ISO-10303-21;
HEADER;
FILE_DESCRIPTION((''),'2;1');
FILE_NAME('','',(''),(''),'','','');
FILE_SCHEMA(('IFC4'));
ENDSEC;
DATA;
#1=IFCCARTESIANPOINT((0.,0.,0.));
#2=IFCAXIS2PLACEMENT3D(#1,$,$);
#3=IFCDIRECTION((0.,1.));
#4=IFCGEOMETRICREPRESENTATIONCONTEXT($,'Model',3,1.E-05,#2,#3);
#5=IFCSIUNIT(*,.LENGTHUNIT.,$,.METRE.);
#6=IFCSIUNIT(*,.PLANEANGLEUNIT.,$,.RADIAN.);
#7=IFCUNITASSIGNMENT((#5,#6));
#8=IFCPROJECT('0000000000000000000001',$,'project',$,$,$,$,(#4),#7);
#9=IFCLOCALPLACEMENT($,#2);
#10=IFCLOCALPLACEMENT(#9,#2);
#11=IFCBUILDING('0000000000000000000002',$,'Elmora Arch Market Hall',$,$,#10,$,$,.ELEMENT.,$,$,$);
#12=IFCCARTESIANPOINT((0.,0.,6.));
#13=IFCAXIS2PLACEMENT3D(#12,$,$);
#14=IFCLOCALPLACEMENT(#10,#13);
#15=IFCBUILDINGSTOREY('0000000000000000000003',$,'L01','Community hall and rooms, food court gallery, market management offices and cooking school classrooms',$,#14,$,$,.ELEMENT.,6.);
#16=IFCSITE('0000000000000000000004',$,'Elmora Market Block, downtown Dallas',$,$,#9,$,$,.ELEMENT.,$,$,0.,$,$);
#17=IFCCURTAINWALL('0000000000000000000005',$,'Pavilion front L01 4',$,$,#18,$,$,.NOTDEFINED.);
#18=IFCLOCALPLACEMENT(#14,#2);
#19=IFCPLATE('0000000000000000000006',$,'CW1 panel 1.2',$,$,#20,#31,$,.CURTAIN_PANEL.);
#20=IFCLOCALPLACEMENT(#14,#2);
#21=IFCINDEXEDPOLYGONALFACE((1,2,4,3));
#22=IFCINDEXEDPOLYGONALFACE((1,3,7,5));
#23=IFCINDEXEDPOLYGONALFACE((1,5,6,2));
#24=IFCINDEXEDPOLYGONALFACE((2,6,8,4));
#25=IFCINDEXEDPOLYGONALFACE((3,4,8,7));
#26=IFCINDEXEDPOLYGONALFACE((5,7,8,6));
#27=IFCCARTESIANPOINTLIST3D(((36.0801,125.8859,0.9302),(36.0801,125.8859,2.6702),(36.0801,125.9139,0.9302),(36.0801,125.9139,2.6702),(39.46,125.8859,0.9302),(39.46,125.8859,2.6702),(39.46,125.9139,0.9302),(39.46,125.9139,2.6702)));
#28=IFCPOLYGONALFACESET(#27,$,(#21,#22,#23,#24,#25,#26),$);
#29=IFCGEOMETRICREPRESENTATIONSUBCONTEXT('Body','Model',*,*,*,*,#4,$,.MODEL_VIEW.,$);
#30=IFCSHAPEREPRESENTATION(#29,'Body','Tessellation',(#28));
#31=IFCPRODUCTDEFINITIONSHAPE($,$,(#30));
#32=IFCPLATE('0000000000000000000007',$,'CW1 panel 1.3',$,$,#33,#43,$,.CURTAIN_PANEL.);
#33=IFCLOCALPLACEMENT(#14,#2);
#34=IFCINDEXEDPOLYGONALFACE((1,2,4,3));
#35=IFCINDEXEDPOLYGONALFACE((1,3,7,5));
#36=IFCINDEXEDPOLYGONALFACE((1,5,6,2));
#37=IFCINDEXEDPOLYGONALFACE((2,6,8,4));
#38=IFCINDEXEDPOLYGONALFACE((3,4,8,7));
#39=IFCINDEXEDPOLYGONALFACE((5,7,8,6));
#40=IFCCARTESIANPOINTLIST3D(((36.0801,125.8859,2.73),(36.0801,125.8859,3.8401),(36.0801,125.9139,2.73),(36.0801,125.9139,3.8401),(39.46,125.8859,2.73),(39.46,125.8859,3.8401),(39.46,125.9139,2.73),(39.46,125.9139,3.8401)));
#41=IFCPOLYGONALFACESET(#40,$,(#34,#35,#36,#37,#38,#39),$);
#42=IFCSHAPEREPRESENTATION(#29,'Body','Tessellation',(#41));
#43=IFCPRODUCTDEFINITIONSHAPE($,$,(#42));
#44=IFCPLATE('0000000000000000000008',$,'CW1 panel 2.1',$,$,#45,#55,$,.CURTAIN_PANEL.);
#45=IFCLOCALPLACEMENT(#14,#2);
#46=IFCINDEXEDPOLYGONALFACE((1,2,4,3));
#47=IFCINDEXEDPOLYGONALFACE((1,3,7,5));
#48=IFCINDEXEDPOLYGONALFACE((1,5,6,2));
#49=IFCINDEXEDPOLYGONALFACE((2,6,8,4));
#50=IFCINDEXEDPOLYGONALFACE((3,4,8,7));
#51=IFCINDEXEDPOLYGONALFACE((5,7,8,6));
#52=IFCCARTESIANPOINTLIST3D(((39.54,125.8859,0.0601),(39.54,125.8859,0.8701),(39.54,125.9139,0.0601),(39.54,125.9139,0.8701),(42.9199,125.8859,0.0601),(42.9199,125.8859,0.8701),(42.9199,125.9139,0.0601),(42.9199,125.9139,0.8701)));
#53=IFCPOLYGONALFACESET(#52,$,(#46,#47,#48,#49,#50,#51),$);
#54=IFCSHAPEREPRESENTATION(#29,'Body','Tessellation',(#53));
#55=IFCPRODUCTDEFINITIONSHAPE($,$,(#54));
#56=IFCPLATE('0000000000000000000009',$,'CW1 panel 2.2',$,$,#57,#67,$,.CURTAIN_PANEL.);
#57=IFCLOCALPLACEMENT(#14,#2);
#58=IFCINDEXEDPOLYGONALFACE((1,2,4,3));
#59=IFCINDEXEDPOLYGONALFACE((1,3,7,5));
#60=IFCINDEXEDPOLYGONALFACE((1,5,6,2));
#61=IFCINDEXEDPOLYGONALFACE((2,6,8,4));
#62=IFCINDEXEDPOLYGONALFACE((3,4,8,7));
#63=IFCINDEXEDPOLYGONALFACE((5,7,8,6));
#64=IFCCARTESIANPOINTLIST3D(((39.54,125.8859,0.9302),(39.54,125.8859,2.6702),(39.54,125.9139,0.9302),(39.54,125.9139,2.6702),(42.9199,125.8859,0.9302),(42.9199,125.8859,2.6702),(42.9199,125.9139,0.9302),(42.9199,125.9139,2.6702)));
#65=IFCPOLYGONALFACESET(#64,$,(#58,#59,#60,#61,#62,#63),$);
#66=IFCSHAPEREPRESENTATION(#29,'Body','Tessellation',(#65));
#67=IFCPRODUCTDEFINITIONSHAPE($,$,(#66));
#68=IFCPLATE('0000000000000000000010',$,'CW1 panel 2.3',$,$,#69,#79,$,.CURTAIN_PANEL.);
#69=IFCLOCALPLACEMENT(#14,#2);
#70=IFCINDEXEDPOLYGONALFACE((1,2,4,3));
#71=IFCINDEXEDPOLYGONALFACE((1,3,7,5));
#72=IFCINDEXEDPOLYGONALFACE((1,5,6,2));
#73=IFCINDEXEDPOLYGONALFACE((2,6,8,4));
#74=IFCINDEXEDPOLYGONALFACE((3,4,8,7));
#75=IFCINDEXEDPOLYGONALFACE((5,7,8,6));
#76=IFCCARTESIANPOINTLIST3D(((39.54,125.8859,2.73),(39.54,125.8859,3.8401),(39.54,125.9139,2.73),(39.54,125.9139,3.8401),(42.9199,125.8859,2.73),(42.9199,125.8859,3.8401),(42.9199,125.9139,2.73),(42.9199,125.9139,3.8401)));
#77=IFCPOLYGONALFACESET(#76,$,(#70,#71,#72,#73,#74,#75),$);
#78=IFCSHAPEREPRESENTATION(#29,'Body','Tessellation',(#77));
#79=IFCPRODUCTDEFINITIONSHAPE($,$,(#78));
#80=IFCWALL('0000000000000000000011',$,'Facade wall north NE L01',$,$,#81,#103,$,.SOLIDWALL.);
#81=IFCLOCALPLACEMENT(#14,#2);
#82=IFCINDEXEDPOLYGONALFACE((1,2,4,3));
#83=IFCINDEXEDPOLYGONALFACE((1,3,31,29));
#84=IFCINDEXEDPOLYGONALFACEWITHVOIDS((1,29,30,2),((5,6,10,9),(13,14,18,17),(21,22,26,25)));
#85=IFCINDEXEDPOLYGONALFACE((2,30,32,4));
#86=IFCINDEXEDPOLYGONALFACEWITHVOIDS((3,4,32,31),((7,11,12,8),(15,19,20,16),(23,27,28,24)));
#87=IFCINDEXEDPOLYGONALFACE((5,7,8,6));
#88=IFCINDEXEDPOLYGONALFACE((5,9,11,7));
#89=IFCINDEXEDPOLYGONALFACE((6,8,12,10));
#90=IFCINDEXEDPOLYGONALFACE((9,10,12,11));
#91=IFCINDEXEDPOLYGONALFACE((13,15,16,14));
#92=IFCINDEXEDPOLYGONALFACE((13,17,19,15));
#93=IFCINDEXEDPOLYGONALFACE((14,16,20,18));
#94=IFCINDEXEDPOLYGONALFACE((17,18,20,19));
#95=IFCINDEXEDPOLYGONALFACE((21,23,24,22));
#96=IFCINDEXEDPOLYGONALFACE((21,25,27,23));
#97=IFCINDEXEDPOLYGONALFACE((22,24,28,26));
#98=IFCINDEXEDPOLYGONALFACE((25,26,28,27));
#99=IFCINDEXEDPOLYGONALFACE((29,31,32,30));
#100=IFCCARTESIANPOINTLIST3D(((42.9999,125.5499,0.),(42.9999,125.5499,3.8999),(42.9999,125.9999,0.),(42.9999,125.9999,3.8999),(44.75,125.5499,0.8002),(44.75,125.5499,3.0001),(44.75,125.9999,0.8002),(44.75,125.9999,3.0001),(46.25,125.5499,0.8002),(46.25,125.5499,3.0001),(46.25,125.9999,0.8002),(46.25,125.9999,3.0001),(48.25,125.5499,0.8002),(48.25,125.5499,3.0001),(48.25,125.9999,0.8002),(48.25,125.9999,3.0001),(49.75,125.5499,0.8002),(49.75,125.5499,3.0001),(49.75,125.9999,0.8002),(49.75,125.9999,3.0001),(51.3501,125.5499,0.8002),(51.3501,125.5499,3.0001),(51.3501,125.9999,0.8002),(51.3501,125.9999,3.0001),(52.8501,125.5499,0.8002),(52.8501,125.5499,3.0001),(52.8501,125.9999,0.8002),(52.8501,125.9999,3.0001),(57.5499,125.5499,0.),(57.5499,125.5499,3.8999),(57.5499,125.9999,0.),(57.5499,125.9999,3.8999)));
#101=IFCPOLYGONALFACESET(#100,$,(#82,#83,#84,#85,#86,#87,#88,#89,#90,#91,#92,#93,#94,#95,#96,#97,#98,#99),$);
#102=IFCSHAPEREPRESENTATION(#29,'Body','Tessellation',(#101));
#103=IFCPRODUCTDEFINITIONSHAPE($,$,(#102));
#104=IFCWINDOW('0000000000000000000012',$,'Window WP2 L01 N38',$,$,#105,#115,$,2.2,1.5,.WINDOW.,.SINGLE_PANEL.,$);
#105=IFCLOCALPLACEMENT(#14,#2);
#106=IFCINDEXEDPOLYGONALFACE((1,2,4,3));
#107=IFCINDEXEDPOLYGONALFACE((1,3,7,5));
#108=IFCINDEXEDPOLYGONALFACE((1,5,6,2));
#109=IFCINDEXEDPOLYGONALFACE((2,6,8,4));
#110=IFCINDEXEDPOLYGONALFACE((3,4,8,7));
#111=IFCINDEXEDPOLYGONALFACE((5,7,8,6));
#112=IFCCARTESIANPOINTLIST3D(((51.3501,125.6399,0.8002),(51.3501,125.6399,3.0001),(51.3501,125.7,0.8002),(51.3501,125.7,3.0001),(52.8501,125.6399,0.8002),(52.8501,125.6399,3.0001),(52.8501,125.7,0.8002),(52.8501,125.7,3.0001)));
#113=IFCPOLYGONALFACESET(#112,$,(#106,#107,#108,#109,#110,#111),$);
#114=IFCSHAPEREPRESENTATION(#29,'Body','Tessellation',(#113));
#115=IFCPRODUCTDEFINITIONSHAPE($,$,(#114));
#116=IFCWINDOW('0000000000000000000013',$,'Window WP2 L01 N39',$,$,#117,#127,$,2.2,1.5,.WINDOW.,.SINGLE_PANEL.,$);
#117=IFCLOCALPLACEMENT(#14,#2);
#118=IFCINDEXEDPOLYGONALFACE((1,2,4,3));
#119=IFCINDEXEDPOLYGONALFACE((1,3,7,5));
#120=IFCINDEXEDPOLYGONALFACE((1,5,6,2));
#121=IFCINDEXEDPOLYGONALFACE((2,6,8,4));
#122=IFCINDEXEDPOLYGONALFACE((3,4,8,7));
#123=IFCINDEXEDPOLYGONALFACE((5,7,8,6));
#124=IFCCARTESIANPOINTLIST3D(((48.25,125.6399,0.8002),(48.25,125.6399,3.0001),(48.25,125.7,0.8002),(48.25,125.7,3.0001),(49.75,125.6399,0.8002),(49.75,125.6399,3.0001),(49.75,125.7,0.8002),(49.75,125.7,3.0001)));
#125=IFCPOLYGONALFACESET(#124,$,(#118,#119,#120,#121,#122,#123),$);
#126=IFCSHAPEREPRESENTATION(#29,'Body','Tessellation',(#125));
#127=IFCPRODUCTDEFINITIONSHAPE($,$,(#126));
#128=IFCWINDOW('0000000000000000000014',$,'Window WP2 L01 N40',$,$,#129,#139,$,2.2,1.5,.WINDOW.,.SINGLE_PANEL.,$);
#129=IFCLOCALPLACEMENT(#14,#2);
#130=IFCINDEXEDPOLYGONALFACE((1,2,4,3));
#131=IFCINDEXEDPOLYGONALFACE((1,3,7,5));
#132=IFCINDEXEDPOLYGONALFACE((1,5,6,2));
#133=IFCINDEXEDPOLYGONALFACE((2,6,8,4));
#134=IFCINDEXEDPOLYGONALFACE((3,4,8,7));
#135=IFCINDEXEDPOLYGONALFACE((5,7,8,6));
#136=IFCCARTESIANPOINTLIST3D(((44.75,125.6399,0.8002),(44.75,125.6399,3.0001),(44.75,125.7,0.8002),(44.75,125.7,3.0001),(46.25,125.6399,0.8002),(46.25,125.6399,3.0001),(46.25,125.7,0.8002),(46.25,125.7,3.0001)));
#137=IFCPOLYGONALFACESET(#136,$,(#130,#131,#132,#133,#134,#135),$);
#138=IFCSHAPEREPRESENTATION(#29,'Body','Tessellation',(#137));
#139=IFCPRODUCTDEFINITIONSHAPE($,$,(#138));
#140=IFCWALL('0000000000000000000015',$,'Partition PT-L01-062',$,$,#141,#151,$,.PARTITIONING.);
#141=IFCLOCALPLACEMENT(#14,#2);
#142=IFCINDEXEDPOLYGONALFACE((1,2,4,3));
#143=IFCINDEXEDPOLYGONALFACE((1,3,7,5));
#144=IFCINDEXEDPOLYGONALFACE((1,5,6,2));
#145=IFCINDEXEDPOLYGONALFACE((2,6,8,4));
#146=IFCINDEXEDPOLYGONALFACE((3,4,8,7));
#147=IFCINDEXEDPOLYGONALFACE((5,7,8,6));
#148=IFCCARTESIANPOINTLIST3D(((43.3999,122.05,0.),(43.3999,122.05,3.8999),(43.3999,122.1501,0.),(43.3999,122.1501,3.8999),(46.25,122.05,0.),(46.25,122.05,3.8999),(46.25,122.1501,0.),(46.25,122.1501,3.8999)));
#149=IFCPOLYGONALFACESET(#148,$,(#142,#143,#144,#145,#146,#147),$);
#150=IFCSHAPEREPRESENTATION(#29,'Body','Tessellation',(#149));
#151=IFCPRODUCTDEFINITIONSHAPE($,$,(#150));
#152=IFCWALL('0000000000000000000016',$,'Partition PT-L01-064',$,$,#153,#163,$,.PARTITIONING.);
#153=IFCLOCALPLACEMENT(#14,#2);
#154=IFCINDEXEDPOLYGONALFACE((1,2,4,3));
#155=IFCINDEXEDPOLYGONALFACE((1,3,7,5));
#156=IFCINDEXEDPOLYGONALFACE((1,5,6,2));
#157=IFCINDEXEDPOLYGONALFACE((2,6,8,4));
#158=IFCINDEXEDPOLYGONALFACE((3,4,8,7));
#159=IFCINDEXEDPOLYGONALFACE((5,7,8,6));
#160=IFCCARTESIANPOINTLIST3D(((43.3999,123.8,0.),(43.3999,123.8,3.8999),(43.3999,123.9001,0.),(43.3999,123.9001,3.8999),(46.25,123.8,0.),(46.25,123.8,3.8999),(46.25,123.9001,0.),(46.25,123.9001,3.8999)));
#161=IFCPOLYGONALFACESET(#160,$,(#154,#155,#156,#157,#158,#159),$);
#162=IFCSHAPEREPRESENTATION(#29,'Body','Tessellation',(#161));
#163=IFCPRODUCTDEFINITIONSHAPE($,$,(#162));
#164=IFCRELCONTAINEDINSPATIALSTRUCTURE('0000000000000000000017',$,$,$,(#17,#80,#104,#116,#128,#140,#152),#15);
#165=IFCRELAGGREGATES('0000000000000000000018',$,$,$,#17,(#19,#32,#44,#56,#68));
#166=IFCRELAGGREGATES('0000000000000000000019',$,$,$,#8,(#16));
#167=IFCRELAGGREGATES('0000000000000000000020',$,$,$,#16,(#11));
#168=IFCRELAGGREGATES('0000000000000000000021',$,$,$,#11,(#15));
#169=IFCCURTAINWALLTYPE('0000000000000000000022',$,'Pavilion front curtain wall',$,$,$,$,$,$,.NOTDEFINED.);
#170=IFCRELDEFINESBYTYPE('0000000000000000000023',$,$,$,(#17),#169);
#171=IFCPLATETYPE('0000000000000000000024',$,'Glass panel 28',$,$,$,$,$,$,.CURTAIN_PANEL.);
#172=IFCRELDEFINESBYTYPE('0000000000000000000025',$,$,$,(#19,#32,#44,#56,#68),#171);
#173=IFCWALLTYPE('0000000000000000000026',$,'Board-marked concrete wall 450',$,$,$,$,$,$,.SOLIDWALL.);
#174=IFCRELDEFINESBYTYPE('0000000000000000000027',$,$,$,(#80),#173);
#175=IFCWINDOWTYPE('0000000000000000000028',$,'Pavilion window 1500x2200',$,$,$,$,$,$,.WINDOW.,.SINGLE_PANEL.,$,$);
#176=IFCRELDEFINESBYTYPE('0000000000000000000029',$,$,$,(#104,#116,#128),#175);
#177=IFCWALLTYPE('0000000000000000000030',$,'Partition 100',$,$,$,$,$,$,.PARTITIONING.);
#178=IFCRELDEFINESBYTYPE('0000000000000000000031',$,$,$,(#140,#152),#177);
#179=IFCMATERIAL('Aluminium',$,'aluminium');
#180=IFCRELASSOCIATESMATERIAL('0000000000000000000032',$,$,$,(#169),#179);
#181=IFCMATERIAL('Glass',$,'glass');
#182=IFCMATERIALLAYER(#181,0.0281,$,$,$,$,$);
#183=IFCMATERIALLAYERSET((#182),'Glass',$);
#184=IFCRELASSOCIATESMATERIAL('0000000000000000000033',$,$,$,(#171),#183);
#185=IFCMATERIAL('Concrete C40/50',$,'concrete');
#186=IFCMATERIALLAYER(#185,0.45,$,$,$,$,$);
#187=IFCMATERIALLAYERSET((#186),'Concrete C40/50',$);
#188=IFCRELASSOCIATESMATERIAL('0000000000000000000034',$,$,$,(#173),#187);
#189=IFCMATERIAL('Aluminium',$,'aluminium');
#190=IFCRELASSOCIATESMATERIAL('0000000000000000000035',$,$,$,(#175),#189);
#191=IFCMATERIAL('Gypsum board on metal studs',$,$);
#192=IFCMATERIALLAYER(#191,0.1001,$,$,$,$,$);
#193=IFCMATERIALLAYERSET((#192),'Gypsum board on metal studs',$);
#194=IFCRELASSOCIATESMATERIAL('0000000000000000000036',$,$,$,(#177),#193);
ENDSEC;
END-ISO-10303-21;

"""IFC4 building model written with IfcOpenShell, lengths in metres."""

from ifc_helpers import new_model, si_unit, direction, frame, frame_2d, origin, origin_2d, place, context, subcontext, project, spatial, rectangle, extrude, material, layer, layer_set, type_object, element, fill, aggregate, save


model = new_model("IFC4")

# Units and contexts
model_context = context("Model", 3, precision=1e-05, world=origin(), true_north=direction((0.0, 1.0)))
body_context = subcontext(model_context, "Body", "Model", "MODEL_VIEW")
ifc_project = project(units=[si_unit("LENGTHUNIT", "METRE"), si_unit("PLANEANGLEUNIT", "RADIAN")], contexts=[model_context])

# Site, building, storey
site_placement = place(None, origin())
site = spatial("IfcSite", under=ifc_project, at=site_placement, Name="Elmora Market Block, downtown Dallas", CompositionType="ELEMENT", RefElevation=0.0)
building_placement = place(site_placement, origin())
building = spatial("IfcBuilding", under=site, at=building_placement, Name="Elmora Arch Market Hall", CompositionType="ELEMENT")
storey_placement = place(building_placement, frame((0.0, 0.0, 6.0)))
storey = spatial("IfcBuildingStorey", under=building, at=storey_placement, Name="L01", Description="Community hall and rooms, food court gallery, market management offices and cooking school classrooms", CompositionType="ELEMENT", Elevation=6.0)

# Shared definitions
ifc_material_1 = material(Name="Aluminium", Category="aluminium")
curtain_wall_type = type_object("IfcCurtainWallType", Name="Pavilion front curtain wall", PredefinedType="NOTDEFINED", material=ifc_material_1)

# Curtain wall, plates
curtain_wall_1_placement = place(storey_placement, origin())
curtain_wall_1 = element("IfcCurtainWall", 1, at=curtain_wall_1_placement, inside=storey, type_object=curtain_wall_type, Name="Pavilion front L01 4", PredefinedType="NOTDEFINED")
ifc_material_2 = material(Name="Glass", Category="glass")
ifc_layer_1 = layer(ifc_material_2, 0.0281)
ifc_layer_set_1 = layer_set([ifc_layer_1], Name="Glass")
plate_type = type_object("IfcPlateType", Name="Glass panel 28", PredefinedType="CURTAIN_PANEL", material=ifc_layer_set_1)
plate_1_placement = place(storey_placement, frame((37.77, 125.8999, 0.9302), z_axis=(0.0, 0.0, 1.0), x_axis=(1.0, 0.0, 0.0)))
plate_1 = element("IfcPlate", 2, at=plate_1_placement, type_object=plate_type, Name="CW1 panel 1.2", PredefinedType="CURTAIN_PANEL", context=body_context, shape_type="SweptSolid", body=[
    extrude(rectangle(XDim=3.3799, YDim=0.0281, at=origin_2d()), origin(), (0.0, 0.0, 1.0), 1.74),
])
plate_2_placement = place(storey_placement, frame((37.77, 125.8999, 2.73), z_axis=(0.0, 0.0, 1.0), x_axis=(1.0, 0.0, 0.0)))
plate_2 = element("IfcPlate", 3, at=plate_2_placement, type_object=plate_type, Name="CW1 panel 1.3", PredefinedType="CURTAIN_PANEL", context=body_context, shape_type="SweptSolid", body=[
    extrude(rectangle(XDim=3.3799, YDim=0.0281, at=origin_2d()), origin(), (0.0, 0.0, 1.0), 1.1101),
])
plate_3_placement = place(storey_placement, frame((41.23, 125.8999, 0.0601), z_axis=(0.0, 0.0, 1.0), x_axis=(1.0, 0.0, 0.0)))
plate_3 = element("IfcPlate", 4, at=plate_3_placement, type_object=plate_type, Name="CW1 panel 2.1", PredefinedType="CURTAIN_PANEL", context=body_context, shape_type="SweptSolid", body=[
    extrude(rectangle(XDim=3.3799, YDim=0.0281, at=origin_2d()), origin(), (0.0, 0.0, 1.0), 0.8101),
])
plate_4_placement = place(storey_placement, frame((41.23, 125.8999, 0.9302), z_axis=(0.0, 0.0, 1.0), x_axis=(1.0, 0.0, 0.0)))
plate_4 = element("IfcPlate", 5, at=plate_4_placement, type_object=plate_type, Name="CW1 panel 2.2", PredefinedType="CURTAIN_PANEL", context=body_context, shape_type="SweptSolid", body=[
    extrude(rectangle(XDim=3.3799, YDim=0.0281, at=origin_2d()), origin(), (0.0, 0.0, 1.0), 1.74),
])
plate_5_placement = place(storey_placement, frame((41.23, 125.8999, 2.73), z_axis=(0.0, 0.0, 1.0), x_axis=(1.0, 0.0, 0.0)))
plate_5 = element("IfcPlate", 6, at=plate_5_placement, type_object=plate_type, Name="CW1 panel 2.3", PredefinedType="CURTAIN_PANEL", context=body_context, shape_type="SweptSolid", body=[
    extrude(rectangle(XDim=3.3799, YDim=0.0281, at=origin_2d()), origin(), (0.0, 0.0, 1.0), 1.1101),
])
aggregate(curtain_wall_1, [plate_1, plate_2, plate_3, plate_4, plate_5])

# Wall, openings, windows
ifc_material_3 = material(Name="Concrete C40/50", Category="concrete")
ifc_layer_2 = layer(ifc_material_3, 0.45)
ifc_layer_set_2 = layer_set([ifc_layer_2], Name="Concrete C40/50")
wall_type_1 = type_object("IfcWallType", Name="Board-marked concrete wall 450", PredefinedType="SOLIDWALL", material=ifc_layer_set_2)
wall_1_placement = place(storey_placement, frame((43.0, 125.7749, 0.0), z_axis=(0.0, 0.0, 1.0), x_axis=(1.0, 0.0, 0.0)))
wall_1 = element("IfcWall", 7, at=wall_1_placement, inside=storey, type_object=wall_type_1, Name="Facade wall north NE L01", PredefinedType="SOLIDWALL", context=body_context, shape_type="SweptSolid", body=[
    extrude(rectangle(XDim=14.55, YDim=0.45, at=frame_2d((7.2749, 0.0))), origin(), (0.0, 0.0, 1.0), 3.8999),
])
opening_1_placement = place(wall_1_placement, frame((8.3501, 0.0, 0.8)))
opening_1 = element("IfcOpeningElement", 8, at=opening_1_placement, cuts=wall_1, PredefinedType="OPENING", context=body_context, shape_type="SweptSolid", body=[
    extrude(rectangle(XDim=1.5, YDim=2.2, at=frame_2d((0.75, 1.1001))), frame((0.0, 0.2349, 0.0), z_axis=(0.0, -1.0, 0.0), x_axis=(1.0, 0.0, 0.0)), (0.0, 0.0, 1.0), 0.47),
])
opening_2_placement = place(wall_1_placement, frame((5.25, 0.0, 0.8)))
opening_2 = element("IfcOpeningElement", 9, at=opening_2_placement, cuts=wall_1, PredefinedType="OPENING", context=body_context, shape_type="SweptSolid", body=[
    extrude(rectangle(XDim=1.5, YDim=2.2, at=frame_2d((0.75, 1.1001))), frame((0.0, 0.2349, 0.0), z_axis=(0.0, -1.0, 0.0), x_axis=(1.0, 0.0, 0.0)), (0.0, 0.0, 1.0), 0.47),
])
opening_3_placement = place(wall_1_placement, frame((1.75, 0.0, 0.8)))
opening_3 = element("IfcOpeningElement", 10, at=opening_3_placement, cuts=wall_1, PredefinedType="OPENING", context=body_context, shape_type="SweptSolid", body=[
    extrude(rectangle(XDim=1.5, YDim=2.2, at=frame_2d((0.75, 1.1001))), frame((0.0, 0.2349, 0.0), z_axis=(0.0, -1.0, 0.0), x_axis=(1.0, 0.0, 0.0)), (0.0, 0.0, 1.0), 0.47),
])
ifc_material_4 = material(Name="Aluminium", Category="aluminium")
window_type = type_object("IfcWindowType", Name="Pavilion window 1500x2200", PartitioningType="SINGLE_PANEL", PredefinedType="WINDOW", material=ifc_material_4)
window_1_placement = place(opening_1_placement, origin())
window_1 = element("IfcWindow", 11, at=window_1_placement, inside=storey, type_object=window_type, Name="Window WP2 L01 N38", OverallHeight=2.2, OverallWidth=1.5, PartitioningType="SINGLE_PANEL", PredefinedType="WINDOW", context=body_context, shape_type="SweptSolid", body=[
    extrude(rectangle(XDim=1.5, YDim=2.2, at=frame_2d((0.75, 1.1001))), frame((0.0, -0.075, 0.0), z_axis=(0.0, -1.0, 0.0), x_axis=(1.0, 0.0, 0.0)), (0.0, 0.0, 1.0), 0.0601),
])
fill(opening_1, window_1)
window_2_placement = place(opening_2_placement, origin())
window_2 = element("IfcWindow", 12, at=window_2_placement, inside=storey, type_object=window_type, Name="Window WP2 L01 N39", OverallHeight=2.2, OverallWidth=1.5, PartitioningType="SINGLE_PANEL", PredefinedType="WINDOW", context=body_context, shape_type="SweptSolid", body=[
    extrude(rectangle(XDim=1.5, YDim=2.2, at=frame_2d((0.75, 1.1001))), frame((0.0, -0.075, 0.0), z_axis=(0.0, -1.0, 0.0), x_axis=(1.0, 0.0, 0.0)), (0.0, 0.0, 1.0), 0.0601),
])
fill(opening_2, window_2)
window_3_placement = place(opening_3_placement, origin())
window_3 = element("IfcWindow", 13, at=window_3_placement, inside=storey, type_object=window_type, Name="Window WP2 L01 N40", OverallHeight=2.2, OverallWidth=1.5, PartitioningType="SINGLE_PANEL", PredefinedType="WINDOW", context=body_context, shape_type="SweptSolid", body=[
    extrude(rectangle(XDim=1.5, YDim=2.2, at=frame_2d((0.75, 1.1001))), frame((0.0, -0.075, 0.0), z_axis=(0.0, -1.0, 0.0), x_axis=(1.0, 0.0, 0.0)), (0.0, 0.0, 1.0), 0.0601),
])
fill(opening_3, window_3)

# Walls
ifc_material_5 = material(Name="Gypsum board on metal studs")
ifc_layer_3 = layer(ifc_material_5, 0.1001)
ifc_layer_set_3 = layer_set([ifc_layer_3], Name="Gypsum board on metal studs")
wall_type_2 = type_object("IfcWallType", Name="Partition 100", PredefinedType="PARTITIONING", material=ifc_layer_set_3)
for number, where, z_axis, x_axis, name in (
    (14, (43.3999, 122.1001, 0.0), (0.0, 0.0, 1.0), (1.0, 0.0, 0.0), "Partition PT-L01-062"),
    (15, (43.3999, 123.8501, 0.0), (0.0, 0.0, 1.0), (1.0, 0.0, 0.0), "Partition PT-L01-064"),
):
    element("IfcWall", number, at=place(storey_placement, frame(where, z_axis=z_axis, x_axis=x_axis)), inside=storey, type_object=wall_type_2, Name=name, PredefinedType="PARTITIONING", context=body_context, shape_type="SweptSolid", body=[
        extrude(rectangle(XDim=2.8501, YDim=0.1001, at=frame_2d((1.425, 0.0))), origin(), (0.0, 0.0, 1.0), 3.8999),
    ])

save(model, "model.ifc")
